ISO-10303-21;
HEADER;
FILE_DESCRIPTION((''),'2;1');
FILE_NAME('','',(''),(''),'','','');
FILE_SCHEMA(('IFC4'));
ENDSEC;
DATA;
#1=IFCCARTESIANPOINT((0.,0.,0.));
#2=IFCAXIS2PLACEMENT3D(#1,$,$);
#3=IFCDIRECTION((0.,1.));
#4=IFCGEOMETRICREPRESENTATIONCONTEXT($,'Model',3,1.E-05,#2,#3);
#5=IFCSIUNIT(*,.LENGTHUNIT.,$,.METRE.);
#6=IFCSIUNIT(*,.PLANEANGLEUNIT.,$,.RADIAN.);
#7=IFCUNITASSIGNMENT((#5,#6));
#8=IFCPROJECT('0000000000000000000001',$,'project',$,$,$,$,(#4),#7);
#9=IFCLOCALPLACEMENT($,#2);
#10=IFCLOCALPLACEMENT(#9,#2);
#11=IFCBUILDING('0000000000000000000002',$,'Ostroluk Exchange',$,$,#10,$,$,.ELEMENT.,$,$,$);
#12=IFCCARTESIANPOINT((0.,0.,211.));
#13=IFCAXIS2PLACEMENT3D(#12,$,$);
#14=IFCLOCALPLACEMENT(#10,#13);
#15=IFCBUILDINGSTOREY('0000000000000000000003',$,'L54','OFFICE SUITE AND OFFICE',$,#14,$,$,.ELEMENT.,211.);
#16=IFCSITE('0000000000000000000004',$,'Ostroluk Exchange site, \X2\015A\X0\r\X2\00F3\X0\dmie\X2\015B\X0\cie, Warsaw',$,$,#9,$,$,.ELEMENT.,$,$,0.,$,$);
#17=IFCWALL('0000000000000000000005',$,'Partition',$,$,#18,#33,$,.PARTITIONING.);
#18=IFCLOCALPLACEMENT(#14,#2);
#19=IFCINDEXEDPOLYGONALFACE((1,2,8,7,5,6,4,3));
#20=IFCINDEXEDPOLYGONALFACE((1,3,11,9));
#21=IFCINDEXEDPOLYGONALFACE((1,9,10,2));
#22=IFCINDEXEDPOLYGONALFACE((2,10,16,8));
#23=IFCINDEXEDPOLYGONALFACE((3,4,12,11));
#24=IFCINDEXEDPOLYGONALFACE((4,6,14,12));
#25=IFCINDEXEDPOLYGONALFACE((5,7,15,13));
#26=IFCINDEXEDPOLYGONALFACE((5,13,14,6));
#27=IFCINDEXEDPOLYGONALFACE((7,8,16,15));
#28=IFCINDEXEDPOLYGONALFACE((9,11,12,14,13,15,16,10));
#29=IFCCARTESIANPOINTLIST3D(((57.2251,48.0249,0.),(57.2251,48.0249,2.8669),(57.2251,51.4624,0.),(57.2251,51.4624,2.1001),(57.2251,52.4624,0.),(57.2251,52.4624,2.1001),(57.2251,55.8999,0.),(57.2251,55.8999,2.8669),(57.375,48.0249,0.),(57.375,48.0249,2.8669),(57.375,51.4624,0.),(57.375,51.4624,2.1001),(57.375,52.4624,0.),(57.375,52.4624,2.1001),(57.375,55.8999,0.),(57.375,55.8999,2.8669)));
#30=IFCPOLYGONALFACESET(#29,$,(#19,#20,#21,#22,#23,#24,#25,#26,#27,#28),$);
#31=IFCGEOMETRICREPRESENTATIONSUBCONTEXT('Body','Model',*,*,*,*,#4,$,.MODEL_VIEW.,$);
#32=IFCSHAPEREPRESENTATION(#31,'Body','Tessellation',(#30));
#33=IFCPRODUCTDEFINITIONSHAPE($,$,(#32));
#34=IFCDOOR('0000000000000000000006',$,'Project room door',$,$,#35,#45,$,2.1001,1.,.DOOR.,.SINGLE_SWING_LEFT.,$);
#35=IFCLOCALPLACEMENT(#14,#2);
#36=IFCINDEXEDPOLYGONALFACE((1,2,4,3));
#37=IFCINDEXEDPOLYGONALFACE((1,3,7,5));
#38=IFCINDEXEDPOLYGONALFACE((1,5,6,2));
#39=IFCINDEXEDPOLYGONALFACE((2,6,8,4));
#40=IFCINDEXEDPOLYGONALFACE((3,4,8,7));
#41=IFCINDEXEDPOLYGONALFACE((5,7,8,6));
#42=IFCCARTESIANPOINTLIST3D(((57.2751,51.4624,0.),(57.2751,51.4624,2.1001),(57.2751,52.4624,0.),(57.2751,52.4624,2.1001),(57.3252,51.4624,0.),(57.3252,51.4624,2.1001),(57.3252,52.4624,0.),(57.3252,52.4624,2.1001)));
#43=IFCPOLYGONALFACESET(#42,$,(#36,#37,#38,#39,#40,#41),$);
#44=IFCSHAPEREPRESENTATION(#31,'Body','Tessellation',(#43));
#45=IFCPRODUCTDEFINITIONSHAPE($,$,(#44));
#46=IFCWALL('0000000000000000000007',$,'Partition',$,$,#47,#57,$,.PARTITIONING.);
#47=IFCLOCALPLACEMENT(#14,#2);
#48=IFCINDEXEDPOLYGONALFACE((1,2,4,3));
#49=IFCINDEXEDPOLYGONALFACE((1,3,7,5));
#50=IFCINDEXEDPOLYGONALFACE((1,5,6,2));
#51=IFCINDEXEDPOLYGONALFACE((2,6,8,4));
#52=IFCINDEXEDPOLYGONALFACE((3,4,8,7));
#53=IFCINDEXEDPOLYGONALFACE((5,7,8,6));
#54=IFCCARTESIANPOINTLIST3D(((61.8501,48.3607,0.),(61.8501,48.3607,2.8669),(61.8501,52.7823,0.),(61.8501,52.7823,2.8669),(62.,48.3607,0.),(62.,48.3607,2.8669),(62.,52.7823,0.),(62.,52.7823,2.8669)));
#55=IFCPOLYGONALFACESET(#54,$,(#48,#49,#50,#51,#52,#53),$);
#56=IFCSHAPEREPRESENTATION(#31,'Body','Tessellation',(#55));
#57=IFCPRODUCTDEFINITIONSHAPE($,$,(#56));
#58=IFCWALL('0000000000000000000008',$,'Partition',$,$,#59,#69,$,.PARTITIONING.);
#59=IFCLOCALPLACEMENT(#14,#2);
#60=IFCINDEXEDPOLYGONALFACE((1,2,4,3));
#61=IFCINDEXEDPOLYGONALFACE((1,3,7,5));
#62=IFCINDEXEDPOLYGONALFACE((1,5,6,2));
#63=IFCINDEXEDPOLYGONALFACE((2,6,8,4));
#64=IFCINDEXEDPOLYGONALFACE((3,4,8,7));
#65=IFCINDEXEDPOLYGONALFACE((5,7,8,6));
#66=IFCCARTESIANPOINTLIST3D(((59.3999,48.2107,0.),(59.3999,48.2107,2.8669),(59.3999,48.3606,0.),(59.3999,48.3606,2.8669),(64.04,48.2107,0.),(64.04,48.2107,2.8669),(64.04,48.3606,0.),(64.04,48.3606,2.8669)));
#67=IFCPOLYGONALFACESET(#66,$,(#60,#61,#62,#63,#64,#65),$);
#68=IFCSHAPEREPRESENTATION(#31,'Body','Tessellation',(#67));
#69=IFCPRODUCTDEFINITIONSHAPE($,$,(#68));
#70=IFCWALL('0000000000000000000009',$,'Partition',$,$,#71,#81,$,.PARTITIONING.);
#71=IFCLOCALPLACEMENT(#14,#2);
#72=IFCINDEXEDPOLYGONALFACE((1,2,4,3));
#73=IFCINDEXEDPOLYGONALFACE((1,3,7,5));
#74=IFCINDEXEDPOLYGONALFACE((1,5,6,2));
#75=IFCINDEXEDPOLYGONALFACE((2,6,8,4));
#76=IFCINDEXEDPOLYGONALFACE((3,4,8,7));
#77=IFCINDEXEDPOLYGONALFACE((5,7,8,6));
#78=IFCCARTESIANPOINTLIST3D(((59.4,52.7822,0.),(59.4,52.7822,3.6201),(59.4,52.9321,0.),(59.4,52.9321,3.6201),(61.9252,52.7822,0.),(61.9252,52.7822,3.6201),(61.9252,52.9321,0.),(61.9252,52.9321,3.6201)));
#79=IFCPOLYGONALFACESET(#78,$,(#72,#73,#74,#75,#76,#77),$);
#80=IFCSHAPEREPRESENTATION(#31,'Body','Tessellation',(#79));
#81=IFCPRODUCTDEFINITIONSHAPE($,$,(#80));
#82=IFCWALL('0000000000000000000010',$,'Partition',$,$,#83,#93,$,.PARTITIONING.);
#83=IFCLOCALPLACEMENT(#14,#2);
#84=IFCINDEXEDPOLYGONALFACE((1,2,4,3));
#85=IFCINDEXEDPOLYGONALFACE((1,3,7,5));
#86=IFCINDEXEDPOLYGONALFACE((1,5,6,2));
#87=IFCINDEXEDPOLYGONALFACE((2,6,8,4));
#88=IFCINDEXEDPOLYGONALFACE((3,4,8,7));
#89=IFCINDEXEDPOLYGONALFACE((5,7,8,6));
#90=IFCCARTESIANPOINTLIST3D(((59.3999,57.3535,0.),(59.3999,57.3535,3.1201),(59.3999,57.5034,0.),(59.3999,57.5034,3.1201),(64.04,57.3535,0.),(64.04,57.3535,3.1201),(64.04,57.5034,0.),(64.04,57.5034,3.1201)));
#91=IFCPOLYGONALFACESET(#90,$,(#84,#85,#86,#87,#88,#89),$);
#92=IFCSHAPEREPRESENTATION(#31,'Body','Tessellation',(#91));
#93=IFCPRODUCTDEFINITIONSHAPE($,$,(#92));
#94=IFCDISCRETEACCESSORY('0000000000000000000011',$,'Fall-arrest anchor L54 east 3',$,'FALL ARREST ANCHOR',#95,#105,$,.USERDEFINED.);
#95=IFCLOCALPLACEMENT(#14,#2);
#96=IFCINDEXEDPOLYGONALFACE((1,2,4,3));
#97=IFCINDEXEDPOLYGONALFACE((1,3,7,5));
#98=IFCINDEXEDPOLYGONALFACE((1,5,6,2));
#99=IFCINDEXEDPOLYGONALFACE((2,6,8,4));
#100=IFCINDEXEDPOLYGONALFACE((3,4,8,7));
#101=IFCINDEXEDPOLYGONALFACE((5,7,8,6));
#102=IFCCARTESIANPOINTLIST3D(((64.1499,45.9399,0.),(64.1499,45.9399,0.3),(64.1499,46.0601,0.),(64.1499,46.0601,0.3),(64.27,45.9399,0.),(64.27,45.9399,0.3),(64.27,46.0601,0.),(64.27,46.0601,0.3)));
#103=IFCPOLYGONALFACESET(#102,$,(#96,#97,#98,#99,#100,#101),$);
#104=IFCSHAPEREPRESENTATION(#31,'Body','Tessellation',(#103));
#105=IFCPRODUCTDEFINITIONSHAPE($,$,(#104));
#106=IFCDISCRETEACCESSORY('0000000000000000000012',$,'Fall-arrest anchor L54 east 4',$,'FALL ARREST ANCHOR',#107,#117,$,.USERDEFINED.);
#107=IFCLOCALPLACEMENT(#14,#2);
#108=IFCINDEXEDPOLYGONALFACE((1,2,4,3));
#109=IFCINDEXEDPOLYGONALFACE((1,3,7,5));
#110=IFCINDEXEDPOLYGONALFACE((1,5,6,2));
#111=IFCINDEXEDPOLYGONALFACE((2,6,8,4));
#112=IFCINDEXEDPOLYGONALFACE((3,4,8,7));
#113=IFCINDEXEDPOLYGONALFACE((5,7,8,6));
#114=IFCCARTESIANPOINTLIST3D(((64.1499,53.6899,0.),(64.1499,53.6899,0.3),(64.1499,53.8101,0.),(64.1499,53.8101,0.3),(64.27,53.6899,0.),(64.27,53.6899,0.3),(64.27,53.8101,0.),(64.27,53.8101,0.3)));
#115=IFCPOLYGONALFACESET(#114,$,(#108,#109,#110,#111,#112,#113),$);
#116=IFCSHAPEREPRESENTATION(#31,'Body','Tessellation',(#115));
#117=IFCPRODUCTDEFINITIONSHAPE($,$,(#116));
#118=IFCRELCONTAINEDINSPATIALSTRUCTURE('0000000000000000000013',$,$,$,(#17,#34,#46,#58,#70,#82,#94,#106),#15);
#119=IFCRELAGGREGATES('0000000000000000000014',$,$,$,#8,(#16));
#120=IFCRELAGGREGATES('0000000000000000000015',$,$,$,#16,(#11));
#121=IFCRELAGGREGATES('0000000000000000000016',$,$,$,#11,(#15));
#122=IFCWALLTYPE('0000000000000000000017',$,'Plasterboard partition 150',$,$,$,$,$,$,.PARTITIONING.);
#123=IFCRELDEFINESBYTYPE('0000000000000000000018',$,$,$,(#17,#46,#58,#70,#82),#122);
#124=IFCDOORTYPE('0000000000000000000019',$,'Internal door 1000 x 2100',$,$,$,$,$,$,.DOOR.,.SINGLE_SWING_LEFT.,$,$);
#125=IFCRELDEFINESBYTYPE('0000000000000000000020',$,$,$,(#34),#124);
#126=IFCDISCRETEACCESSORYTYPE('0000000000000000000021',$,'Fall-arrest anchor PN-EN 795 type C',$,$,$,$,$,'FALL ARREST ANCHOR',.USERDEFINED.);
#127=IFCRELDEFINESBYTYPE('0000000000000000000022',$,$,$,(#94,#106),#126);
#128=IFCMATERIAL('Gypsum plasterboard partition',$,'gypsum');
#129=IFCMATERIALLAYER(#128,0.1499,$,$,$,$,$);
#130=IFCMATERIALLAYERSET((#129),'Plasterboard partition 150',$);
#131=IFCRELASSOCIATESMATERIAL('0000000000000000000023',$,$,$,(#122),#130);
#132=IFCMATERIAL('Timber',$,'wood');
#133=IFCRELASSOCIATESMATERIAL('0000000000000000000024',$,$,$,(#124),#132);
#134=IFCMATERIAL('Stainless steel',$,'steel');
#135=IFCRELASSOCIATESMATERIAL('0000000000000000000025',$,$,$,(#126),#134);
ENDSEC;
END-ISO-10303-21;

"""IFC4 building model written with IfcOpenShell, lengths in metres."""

from ifc_helpers import new_model, si_unit, direction, frame, frame_2d, origin, origin_2d, place, context, subcontext, project, spatial, rectangle, extrude, material, layer, layer_set, type_object, element, fill, save


model = new_model("IFC4")

# Units and contexts
model_context = context("Model", 3, precision=1e-05, world=origin(), true_north=direction((0.0, 1.0)))
body_context = subcontext(model_context, "Body", "Model", "MODEL_VIEW")
ifc_project = project(units=[si_unit("LENGTHUNIT", "METRE"), si_unit("PLANEANGLEUNIT", "RADIAN")], contexts=[model_context])

# Site, building, storey
site_placement = place(None, origin())
site = spatial("IfcSite", under=ifc_project, at=site_placement, Name="Ostroluk Exchange site, Śródmieście, Warsaw", CompositionType="ELEMENT", RefElevation=0.0)
building_placement = place(site_placement, origin())
building = spatial("IfcBuilding", under=site, at=building_placement, Name="Ostroluk Exchange", CompositionType="ELEMENT")
storey_placement = place(building_placement, frame((0.0, 0.0, 211.0)))
storey = spatial("IfcBuildingStorey", under=building, at=storey_placement, Name="L54", Description="OFFICE SUITE AND OFFICE", CompositionType="ELEMENT", Elevation=211.0)

# Wall, opening, door
ifc_material_1 = material(Name="Gypsum plasterboard partition", Category="gypsum")
ifc_layer_1 = layer(ifc_material_1, 0.1499)
ifc_layer_set_1 = layer_set([ifc_layer_1], Name="Plasterboard partition 150")
wall_type = type_object("IfcWallType", Name="Plasterboard partition 150", PredefinedType="PARTITIONING", material=ifc_layer_set_1)
wall_1_placement = place(storey_placement, frame((57.3, 48.0249, 0.0), z_axis=(0.0, 0.0, 1.0), x_axis=(0.0, 1.0, 0.0)))
wall_1 = element("IfcWall", 1, at=wall_1_placement, inside=storey, type_object=wall_type, Name="Partition", PredefinedType="PARTITIONING", context=body_context, shape_type="SweptSolid", body=[
    extrude(rectangle(XDim=7.875, YDim=0.1499, at=frame_2d((3.9375, 0.0))), origin(), (0.0, 0.0, 1.0), 2.8669),
])
opening_placement = place(wall_1_placement, frame((3.4375, 0.0, 0.0)))
opening = element("IfcOpeningElement", 2, at=opening_placement, cuts=wall_1, PredefinedType="OPENING", context=body_context, shape_type="SweptSolid", body=[
    extrude(rectangle(XDim=1.0, YDim=2.1001, at=frame_2d((0.5, 1.05))), frame((0.0, 0.085, 0.0), z_axis=(0.0, -1.0, 0.0), x_axis=(1.0, 0.0, 0.0)), (0.0, 0.0, 1.0), 0.1699),
])
ifc_material_2 = material(Name="Timber", Category="wood")
door_type = type_object("IfcDoorType", Name="Internal door 1000 x 2100", OperationType="SINGLE_SWING_LEFT", PredefinedType="DOOR", material=ifc_material_2)
door_placement = place(opening_placement, origin())
door = element("IfcDoor", 3, at=door_placement, inside=storey, type_object=door_type, Name="Project room door", OperationType="SINGLE_SWING_LEFT", OverallHeight=2.1001, OverallWidth=1.0, PredefinedType="DOOR", context=body_context, shape_type="SweptSolid", body=[
    extrude(rectangle(XDim=1.0, YDim=2.1001, at=frame_2d((0.5, 1.05))), frame((0.0, 0.0249, 0.0), z_axis=(0.0, -1.0, 0.0), x_axis=(1.0, 0.0, 0.0)), (0.0, 0.0, 1.0), 0.05),
])
fill(opening, door)

# Walls
wall_2_placement = place(storey_placement, frame((61.925, 48.3606, 0.0), z_axis=(0.0, 0.0, 1.0), x_axis=(0.0, 1.0, 0.0)))
element("IfcWall", 4, at=wall_2_placement, inside=storey, type_object=wall_type, Name="Partition", PredefinedType="PARTITIONING", context=body_context, shape_type="SweptSolid", body=[
    extrude(rectangle(XDim=4.4216, YDim=0.1499, at=frame_2d((2.2109, 0.0))), origin(), (0.0, 0.0, 1.0), 2.8669),
])
wall_3_placement = place(storey_placement, frame((59.3999, 48.2856, 0.0), z_axis=(0.0, 0.0, 1.0), x_axis=(1.0, 0.0, 0.0)))
element("IfcWall", 5, at=wall_3_placement, inside=storey, type_object=wall_type, Name="Partition", PredefinedType="PARTITIONING", context=body_context, shape_type="SweptSolid", body=[
    extrude(rectangle(XDim=4.6401, YDim=0.1499, at=frame_2d((2.3201, 0.0))), origin(), (0.0, 0.0, 1.0), 2.8669),
])
wall_4_placement = place(storey_placement, frame((59.3999, 52.8572, 0.0), z_axis=(0.0, 0.0, 1.0), x_axis=(1.0, 0.0, 0.0)))
element("IfcWall", 6, at=wall_4_placement, inside=storey, type_object=wall_type, Name="Partition", PredefinedType="PARTITIONING", context=body_context, shape_type="SweptSolid", body=[
    extrude(rectangle(XDim=2.5251, YDim=0.1499, at=frame_2d((1.2627, 0.0))), origin(), (0.0, 0.0, 1.0), 3.6201),
])
wall_5_placement = place(storey_placement, frame((59.3999, 57.4285, 0.0), z_axis=(0.0, 0.0, 1.0), x_axis=(1.0, 0.0, 0.0)))
element("IfcWall", 7, at=wall_5_placement, inside=storey, type_object=wall_type, Name="Partition", PredefinedType="PARTITIONING", context=body_context, shape_type="SweptSolid", body=[
    extrude(rectangle(XDim=4.6401, YDim=0.1499, at=frame_2d((2.3201, 0.0))), origin(), (0.0, 0.0, 1.0), 3.1201),
])

# Discrete accessories
ifc_material_3 = material(Name="Stainless steel", Category="steel")
discrete_accessory_type = type_object("IfcDiscreteAccessoryType", Name="Fall-arrest anchor PN-EN 795 type C", ElementType="FALL ARREST ANCHOR", PredefinedType="USERDEFINED", material=ifc_material_3)
for number, where, z_axis, x_axis, name in (
    (8, (64.21, 46.0, 0.0), (0.0, 0.0, 1.0), (1.0, 0.0, 0.0), "Fall-arrest anchor L54 east 3"),
    (9, (64.21, 53.75, 0.0), (0.0, 0.0, 1.0), (1.0, 0.0, 0.0), "Fall-arrest anchor L54 east 4"),
):
    element("IfcDiscreteAccessory", number, at=place(storey_placement, frame(where, z_axis=z_axis, x_axis=x_axis)), inside=storey, type_object=discrete_accessory_type, Name=name, ObjectType="FALL ARREST ANCHOR", PredefinedType="USERDEFINED", context=body_context, shape_type="SweptSolid", body=[
        extrude(rectangle(XDim=0.1201, YDim=0.1201, at=origin_2d()), origin(), (0.0, 0.0, 1.0), 0.3),
    ])

save(model, "model.ifc")
